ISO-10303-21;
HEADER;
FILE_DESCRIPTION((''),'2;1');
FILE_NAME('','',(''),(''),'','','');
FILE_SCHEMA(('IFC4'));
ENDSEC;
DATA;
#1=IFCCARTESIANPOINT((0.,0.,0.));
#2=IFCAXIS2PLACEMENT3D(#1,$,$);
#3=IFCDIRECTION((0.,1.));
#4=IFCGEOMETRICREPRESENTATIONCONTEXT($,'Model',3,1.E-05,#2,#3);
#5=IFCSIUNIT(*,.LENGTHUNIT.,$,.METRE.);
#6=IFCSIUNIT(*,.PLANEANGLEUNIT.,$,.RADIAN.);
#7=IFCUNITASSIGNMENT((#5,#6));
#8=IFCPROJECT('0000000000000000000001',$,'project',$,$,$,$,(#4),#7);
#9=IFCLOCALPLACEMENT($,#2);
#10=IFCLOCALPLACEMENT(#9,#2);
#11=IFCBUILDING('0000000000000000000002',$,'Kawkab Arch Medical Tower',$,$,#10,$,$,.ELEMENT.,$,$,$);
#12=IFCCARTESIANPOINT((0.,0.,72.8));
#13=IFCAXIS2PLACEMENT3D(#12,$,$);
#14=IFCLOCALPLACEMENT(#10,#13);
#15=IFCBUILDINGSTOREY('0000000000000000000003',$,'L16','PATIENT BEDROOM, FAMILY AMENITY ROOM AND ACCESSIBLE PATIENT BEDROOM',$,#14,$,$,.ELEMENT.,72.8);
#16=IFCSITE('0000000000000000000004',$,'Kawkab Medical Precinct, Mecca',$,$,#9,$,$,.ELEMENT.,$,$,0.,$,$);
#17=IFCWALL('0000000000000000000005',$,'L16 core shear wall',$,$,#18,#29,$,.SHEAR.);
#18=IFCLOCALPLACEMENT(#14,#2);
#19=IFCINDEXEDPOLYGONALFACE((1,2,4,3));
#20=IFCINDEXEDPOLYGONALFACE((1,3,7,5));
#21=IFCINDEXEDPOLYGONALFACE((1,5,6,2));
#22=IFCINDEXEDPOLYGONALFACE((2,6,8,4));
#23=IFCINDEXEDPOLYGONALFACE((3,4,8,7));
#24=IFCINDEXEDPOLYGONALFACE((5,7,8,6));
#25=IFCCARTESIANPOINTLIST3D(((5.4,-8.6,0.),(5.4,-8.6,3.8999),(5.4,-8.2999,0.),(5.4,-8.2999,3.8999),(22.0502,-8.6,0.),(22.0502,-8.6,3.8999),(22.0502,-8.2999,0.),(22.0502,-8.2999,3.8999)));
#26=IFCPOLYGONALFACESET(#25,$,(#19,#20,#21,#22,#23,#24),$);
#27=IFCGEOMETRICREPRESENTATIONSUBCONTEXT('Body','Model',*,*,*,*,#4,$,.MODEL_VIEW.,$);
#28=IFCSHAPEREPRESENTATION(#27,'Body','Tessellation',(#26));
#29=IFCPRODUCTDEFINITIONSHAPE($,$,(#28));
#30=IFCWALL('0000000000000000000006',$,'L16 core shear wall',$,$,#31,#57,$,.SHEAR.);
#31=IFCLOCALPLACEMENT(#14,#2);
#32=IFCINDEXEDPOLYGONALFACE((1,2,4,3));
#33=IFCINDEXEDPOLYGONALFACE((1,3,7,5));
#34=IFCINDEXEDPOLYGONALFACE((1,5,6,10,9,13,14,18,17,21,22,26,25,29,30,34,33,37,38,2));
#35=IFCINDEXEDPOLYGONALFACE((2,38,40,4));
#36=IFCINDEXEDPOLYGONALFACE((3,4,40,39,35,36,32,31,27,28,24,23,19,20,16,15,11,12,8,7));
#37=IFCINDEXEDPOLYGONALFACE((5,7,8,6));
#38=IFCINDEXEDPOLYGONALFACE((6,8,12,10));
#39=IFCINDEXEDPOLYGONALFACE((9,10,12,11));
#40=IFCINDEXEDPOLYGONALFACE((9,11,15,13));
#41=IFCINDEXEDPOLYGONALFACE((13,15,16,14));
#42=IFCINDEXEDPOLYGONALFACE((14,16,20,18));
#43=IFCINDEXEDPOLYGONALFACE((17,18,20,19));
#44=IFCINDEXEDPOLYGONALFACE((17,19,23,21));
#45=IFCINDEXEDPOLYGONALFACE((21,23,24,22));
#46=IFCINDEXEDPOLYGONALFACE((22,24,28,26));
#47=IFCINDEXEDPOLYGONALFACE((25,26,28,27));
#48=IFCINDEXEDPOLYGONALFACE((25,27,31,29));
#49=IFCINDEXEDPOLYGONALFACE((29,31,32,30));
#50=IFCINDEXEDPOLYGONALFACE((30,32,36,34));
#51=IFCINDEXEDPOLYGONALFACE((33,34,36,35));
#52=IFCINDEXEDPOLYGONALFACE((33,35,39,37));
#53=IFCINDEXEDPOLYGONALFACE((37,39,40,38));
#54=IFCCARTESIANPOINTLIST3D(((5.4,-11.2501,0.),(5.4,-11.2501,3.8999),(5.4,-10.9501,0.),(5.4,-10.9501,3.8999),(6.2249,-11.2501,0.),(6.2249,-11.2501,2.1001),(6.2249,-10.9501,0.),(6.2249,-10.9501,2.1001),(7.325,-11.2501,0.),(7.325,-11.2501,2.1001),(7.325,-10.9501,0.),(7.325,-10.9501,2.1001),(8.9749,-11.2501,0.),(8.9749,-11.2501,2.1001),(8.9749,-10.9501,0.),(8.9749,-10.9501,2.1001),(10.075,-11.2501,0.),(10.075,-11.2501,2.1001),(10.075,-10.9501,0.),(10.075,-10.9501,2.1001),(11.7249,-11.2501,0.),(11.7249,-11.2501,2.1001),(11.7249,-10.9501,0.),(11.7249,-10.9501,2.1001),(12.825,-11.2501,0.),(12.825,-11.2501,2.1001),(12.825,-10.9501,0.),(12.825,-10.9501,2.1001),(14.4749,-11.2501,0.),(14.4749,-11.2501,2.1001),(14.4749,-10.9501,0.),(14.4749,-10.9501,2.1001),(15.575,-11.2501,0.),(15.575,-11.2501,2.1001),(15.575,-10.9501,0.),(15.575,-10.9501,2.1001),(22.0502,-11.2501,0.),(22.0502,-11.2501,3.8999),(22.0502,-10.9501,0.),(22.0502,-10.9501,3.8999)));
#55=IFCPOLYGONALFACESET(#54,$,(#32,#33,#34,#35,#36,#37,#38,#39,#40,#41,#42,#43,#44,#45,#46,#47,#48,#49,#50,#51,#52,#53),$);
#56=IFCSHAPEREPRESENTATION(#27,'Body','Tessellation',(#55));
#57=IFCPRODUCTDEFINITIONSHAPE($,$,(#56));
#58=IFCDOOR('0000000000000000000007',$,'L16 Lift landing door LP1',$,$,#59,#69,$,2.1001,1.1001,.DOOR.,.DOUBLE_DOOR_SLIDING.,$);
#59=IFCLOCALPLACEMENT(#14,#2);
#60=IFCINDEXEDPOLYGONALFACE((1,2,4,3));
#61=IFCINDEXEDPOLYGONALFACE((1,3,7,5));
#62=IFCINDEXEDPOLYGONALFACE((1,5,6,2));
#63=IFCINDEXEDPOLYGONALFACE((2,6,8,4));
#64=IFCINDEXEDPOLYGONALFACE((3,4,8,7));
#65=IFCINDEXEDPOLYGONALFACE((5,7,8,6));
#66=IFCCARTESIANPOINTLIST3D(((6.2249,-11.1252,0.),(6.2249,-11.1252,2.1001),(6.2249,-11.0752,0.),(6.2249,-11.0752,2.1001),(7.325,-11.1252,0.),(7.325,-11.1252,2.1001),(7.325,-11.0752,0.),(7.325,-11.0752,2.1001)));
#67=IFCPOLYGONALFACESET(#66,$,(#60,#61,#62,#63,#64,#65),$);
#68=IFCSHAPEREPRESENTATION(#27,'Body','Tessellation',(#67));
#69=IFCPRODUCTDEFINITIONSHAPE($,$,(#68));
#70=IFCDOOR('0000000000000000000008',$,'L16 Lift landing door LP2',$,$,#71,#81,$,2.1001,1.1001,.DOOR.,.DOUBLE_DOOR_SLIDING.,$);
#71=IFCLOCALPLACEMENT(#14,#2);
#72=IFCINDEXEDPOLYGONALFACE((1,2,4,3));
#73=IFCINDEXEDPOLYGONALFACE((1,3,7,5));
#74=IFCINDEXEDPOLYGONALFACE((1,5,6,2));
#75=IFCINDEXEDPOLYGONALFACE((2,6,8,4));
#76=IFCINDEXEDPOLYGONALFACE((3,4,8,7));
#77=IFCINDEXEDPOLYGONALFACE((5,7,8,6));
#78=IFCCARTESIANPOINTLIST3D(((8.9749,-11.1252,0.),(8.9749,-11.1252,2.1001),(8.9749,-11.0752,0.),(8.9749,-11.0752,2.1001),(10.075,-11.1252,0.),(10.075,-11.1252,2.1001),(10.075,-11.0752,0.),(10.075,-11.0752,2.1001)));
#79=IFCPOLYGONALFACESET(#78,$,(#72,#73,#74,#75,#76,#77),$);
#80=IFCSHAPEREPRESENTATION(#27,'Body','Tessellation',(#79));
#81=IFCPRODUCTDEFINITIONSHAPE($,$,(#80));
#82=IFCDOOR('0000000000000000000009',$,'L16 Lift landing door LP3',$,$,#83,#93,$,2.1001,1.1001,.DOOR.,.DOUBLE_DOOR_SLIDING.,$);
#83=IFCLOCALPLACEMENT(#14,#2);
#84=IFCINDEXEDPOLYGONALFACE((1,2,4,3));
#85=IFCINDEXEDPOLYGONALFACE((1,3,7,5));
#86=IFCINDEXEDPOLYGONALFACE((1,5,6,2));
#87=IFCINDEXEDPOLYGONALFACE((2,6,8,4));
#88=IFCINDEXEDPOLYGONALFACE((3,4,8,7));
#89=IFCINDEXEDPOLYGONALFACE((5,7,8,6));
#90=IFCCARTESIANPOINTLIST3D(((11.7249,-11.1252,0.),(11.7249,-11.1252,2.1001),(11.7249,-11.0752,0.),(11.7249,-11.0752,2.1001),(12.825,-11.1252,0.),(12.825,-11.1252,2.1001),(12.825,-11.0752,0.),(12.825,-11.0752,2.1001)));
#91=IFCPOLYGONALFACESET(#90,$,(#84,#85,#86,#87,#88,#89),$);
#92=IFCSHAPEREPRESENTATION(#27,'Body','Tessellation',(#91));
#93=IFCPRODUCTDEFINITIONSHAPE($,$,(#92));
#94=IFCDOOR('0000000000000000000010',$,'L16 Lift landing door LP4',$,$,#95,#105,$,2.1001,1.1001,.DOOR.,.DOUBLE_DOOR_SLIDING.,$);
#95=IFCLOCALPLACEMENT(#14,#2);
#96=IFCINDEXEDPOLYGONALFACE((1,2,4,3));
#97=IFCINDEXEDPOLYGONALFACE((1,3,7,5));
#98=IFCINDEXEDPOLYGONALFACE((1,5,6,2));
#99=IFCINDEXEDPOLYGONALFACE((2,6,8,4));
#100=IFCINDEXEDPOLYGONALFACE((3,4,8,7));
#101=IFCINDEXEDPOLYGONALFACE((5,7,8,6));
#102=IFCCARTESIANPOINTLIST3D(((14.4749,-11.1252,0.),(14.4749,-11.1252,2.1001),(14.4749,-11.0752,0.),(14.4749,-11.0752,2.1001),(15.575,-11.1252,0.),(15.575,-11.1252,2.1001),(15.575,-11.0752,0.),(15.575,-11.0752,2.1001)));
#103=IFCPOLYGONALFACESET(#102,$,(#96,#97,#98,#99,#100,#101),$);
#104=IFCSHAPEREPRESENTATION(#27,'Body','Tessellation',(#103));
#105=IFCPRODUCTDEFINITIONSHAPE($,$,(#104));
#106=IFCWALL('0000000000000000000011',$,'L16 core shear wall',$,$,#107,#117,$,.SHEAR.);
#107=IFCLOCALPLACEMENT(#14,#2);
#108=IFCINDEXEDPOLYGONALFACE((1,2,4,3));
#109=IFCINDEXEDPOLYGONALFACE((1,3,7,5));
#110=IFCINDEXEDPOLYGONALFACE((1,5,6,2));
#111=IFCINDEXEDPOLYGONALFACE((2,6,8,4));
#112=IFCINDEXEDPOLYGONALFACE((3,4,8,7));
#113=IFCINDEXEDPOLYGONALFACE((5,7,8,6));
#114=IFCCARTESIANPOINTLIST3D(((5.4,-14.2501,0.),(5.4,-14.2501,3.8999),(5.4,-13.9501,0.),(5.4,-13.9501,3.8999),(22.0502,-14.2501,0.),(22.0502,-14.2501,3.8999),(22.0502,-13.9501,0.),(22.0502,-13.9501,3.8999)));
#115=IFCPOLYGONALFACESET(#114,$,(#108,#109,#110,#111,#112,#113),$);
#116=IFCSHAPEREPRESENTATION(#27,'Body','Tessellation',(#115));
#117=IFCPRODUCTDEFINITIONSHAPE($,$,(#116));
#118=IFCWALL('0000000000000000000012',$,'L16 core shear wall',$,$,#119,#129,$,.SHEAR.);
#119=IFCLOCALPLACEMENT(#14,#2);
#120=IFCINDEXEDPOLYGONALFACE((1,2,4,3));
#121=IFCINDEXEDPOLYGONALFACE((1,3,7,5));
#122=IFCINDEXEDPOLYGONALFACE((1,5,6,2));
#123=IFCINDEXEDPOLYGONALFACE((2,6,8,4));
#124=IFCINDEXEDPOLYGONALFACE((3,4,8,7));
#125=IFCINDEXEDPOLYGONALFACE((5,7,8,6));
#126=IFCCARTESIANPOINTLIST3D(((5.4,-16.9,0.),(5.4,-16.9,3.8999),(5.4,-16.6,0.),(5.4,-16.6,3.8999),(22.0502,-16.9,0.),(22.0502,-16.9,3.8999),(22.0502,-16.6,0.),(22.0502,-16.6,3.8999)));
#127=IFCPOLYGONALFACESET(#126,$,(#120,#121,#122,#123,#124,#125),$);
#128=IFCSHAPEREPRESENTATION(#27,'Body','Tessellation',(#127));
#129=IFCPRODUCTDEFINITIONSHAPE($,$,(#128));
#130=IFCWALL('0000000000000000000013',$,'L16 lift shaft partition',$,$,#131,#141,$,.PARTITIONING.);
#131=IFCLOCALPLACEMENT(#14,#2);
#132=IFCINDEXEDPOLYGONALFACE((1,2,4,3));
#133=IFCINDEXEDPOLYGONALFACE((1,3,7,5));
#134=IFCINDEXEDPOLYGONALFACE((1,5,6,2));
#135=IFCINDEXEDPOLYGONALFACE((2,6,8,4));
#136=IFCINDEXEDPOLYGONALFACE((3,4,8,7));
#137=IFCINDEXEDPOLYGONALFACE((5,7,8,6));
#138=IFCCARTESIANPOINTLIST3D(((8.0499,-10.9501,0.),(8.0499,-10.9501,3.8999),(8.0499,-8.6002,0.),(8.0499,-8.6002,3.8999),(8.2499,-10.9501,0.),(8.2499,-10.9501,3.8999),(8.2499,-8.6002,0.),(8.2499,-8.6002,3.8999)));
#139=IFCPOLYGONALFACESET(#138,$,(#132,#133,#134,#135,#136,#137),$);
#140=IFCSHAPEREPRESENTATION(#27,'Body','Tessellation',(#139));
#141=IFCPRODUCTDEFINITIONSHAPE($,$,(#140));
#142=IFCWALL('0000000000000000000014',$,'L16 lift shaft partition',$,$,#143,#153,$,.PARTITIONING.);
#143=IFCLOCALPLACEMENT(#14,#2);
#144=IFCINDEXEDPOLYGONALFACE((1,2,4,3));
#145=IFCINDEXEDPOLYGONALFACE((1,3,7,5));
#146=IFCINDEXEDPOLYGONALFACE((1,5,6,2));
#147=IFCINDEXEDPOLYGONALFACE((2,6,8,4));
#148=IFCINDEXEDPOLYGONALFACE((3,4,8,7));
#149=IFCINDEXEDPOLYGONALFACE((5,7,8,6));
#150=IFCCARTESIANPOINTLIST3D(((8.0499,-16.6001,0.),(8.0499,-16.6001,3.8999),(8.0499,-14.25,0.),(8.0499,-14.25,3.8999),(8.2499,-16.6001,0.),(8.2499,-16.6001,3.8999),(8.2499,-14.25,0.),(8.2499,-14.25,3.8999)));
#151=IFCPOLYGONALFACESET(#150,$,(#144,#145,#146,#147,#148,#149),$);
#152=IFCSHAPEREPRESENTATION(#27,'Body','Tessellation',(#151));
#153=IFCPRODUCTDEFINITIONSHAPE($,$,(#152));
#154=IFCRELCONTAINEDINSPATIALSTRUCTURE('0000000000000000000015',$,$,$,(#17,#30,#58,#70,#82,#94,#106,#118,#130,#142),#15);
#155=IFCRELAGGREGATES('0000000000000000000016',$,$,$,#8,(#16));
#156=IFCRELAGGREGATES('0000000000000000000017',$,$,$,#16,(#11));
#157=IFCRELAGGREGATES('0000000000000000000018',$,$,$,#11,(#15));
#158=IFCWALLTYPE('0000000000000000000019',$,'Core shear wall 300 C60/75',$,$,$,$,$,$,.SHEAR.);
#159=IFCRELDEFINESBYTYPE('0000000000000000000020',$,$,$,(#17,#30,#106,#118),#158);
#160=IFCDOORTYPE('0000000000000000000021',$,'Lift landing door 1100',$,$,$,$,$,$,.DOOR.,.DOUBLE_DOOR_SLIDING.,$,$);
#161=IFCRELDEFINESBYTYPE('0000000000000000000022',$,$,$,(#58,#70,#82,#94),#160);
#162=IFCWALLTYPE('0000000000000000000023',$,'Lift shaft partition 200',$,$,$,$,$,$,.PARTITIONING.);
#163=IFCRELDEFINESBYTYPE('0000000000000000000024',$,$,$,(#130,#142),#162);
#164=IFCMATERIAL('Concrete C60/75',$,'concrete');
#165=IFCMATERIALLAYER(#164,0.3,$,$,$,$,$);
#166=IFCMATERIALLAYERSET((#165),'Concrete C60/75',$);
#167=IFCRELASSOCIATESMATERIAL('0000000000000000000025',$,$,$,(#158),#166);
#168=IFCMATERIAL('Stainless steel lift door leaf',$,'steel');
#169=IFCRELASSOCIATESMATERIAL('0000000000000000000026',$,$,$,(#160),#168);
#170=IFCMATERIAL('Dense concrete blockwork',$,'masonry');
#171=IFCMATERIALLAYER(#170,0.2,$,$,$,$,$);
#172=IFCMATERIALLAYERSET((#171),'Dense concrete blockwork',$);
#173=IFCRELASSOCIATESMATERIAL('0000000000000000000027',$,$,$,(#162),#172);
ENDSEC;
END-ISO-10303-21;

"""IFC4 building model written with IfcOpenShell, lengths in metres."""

from ifc_helpers import new_model, si_unit, direction, frame, frame_2d, origin, place, context, subcontext, project, spatial, rectangle, extrude, material, layer, layer_set, type_object, element, fill, save


model = new_model("IFC4")

# Units and contexts
model_context = context("Model", 3, precision=1e-05, world=origin(), true_north=direction((0.0, 1.0)))
body_context = subcontext(model_context, "Body", "Model", "MODEL_VIEW")
ifc_project = project(units=[si_unit("LENGTHUNIT", "METRE"), si_unit("PLANEANGLEUNIT", "RADIAN")], contexts=[model_context])

# Site, building, storey
site_placement = place(None, origin())
site = spatial("IfcSite", under=ifc_project, at=site_placement, Name="Kawkab Medical Precinct, Mecca", CompositionType="ELEMENT", RefElevation=0.0)
building_placement = place(site_placement, origin())
building = spatial("IfcBuilding", under=site, at=building_placement, Name="Kawkab Arch Medical Tower", CompositionType="ELEMENT")
storey_placement = place(building_placement, frame((0.0, 0.0, 72.8)))
storey = spatial("IfcBuildingStorey", under=building, at=storey_placement, Name="L16", Description="PATIENT BEDROOM, FAMILY AMENITY ROOM AND ACCESSIBLE PATIENT BEDROOM", CompositionType="ELEMENT", Elevation=72.8)

# Wall
ifc_material_1 = material(Name="Concrete C60/75", Category="concrete")
ifc_layer_1 = layer(ifc_material_1, 0.3)
ifc_layer_set_1 = layer_set([ifc_layer_1], Name="Concrete C60/75")
wall_type_1 = type_object("IfcWallType", Name="Core shear wall 300 C60/75", PredefinedType="SHEAR", material=ifc_layer_set_1)
wall_1_placement = place(storey_placement, frame((5.3999, -8.45, 0.0), z_axis=(0.0, 0.0, 1.0), x_axis=(1.0, 0.0, 0.0)))
element("IfcWall", 1, at=wall_1_placement, inside=storey, type_object=wall_type_1, Name="L16 core shear wall", PredefinedType="SHEAR", context=body_context, shape_type="SweptSolid", body=[
    extrude(rectangle(XDim=16.6501, YDim=0.3, at=frame_2d((8.3252, 0.0))), origin(), (0.0, 0.0, 1.0), 3.8999),
])

# Wall, openings, doors
wall_2_placement = place(storey_placement, frame((5.3999, -11.1001, 0.0), z_axis=(0.0, 0.0, 1.0), x_axis=(1.0, 0.0, 0.0)))
wall_2 = element("IfcWall", 2, at=wall_2_placement, inside=storey, type_object=wall_type_1, Name="L16 core shear wall", PredefinedType="SHEAR", context=body_context, shape_type="SweptSolid", body=[
    extrude(rectangle(XDim=16.6501, YDim=0.3, at=frame_2d((8.3252, 0.0))), origin(), (0.0, 0.0, 1.0), 3.8999),
])
opening_1_placement = place(wall_2_placement, frame((0.825, 0.0, 0.0)))
opening_1 = element("IfcOpeningElement", 3, at=opening_1_placement, cuts=wall_2, PredefinedType="OPENING", context=body_context, shape_type="SweptSolid", body=[
    extrude(rectangle(XDim=1.1001, YDim=2.1001, at=frame_2d((0.55, 1.05))), frame((0.0, 0.1599, 0.0), z_axis=(0.0, -1.0, 0.0), x_axis=(1.0, 0.0, 0.0)), (0.0, 0.0, 1.0), 0.3201),
])
opening_2_placement = place(wall_2_placement, frame((3.575, 0.0, 0.0)))
opening_2 = element("IfcOpeningElement", 4, at=opening_2_placement, cuts=wall_2, PredefinedType="OPENING", context=body_context, shape_type="SweptSolid", body=[
    extrude(rectangle(XDim=1.1001, YDim=2.1001, at=frame_2d((0.55, 1.05))), frame((0.0, 0.1599, 0.0), z_axis=(0.0, -1.0, 0.0), x_axis=(1.0, 0.0, 0.0)), (0.0, 0.0, 1.0), 0.3201),
])
opening_3_placement = place(wall_2_placement, frame((6.325, 0.0, 0.0)))
opening_3 = element("IfcOpeningElement", 5, at=opening_3_placement, cuts=wall_2, PredefinedType="OPENING", context=body_context, shape_type="SweptSolid", body=[
    extrude(rectangle(XDim=1.1001, YDim=2.1001, at=frame_2d((0.55, 1.05))), frame((0.0, 0.1599, 0.0), z_axis=(0.0, -1.0, 0.0), x_axis=(1.0, 0.0, 0.0)), (0.0, 0.0, 1.0), 0.3201),
])
opening_4_placement = place(wall_2_placement, frame((9.075, 0.0, 0.0)))
opening_4 = element("IfcOpeningElement", 6, at=opening_4_placement, cuts=wall_2, PredefinedType="OPENING", context=body_context, shape_type="SweptSolid", body=[
    extrude(rectangle(XDim=1.1001, YDim=2.1001, at=frame_2d((0.55, 1.05))), frame((0.0, 0.1599, 0.0), z_axis=(0.0, -1.0, 0.0), x_axis=(1.0, 0.0, 0.0)), (0.0, 0.0, 1.0), 0.3201),
])
ifc_material_2 = material(Name="Stainless steel lift door leaf", Category="steel")
door_type = type_object("IfcDoorType", Name="Lift landing door 1100", OperationType="DOUBLE_DOOR_SLIDING", PredefinedType="DOOR", material=ifc_material_2)
door_1_placement = place(opening_1_placement, origin())
door_1 = element("IfcDoor", 7, at=door_1_placement, inside=storey, type_object=door_type, Name="L16 Lift landing door LP1", OperationType="DOUBLE_DOOR_SLIDING", OverallHeight=2.1001, OverallWidth=1.1001, PredefinedType="DOOR", context=body_context, shape_type="SweptSolid", body=[
    extrude(rectangle(XDim=1.1001, YDim=2.1001, at=frame_2d((0.55, 1.05))), frame((0.0, 0.0249, 0.0), z_axis=(0.0, -1.0, 0.0), x_axis=(1.0, 0.0, 0.0)), (0.0, 0.0, 1.0), 0.05),
])
fill(opening_1, door_1)
door_2_placement = place(opening_2_placement, origin())
door_2 = element("IfcDoor", 8, at=door_2_placement, inside=storey, type_object=door_type, Name="L16 Lift landing door LP2", OperationType="DOUBLE_DOOR_SLIDING", OverallHeight=2.1001, OverallWidth=1.1001, PredefinedType="DOOR", context=body_context, shape_type="SweptSolid", body=[
    extrude(rectangle(XDim=1.1001, YDim=2.1001, at=frame_2d((0.55, 1.05))), frame((0.0, 0.0249, 0.0), z_axis=(0.0, -1.0, 0.0), x_axis=(1.0, 0.0, 0.0)), (0.0, 0.0, 1.0), 0.05),
])
fill(opening_2, door_2)
door_3_placement = place(opening_3_placement, origin())
door_3 = element("IfcDoor", 9, at=door_3_placement, inside=storey, type_object=door_type, Name="L16 Lift landing door LP3", OperationType="DOUBLE_DOOR_SLIDING", OverallHeight=2.1001, OverallWidth=1.1001, PredefinedType="DOOR", context=body_context, shape_type="SweptSolid", body=[
    extrude(rectangle(XDim=1.1001, YDim=2.1001, at=frame_2d((0.55, 1.05))), frame((0.0, 0.0249, 0.0), z_axis=(0.0, -1.0, 0.0), x_axis=(1.0, 0.0, 0.0)), (0.0, 0.0, 1.0), 0.05),
])
fill(opening_3, door_3)
door_4_placement = place(opening_4_placement, origin())
door_4 = element("IfcDoor", 10, at=door_4_placement, inside=storey, type_object=door_type, Name="L16 Lift landing door LP4", OperationType="DOUBLE_DOOR_SLIDING", OverallHeight=2.1001, OverallWidth=1.1001, PredefinedType="DOOR", context=body_context, shape_type="SweptSolid", body=[
    extrude(rectangle(XDim=1.1001, YDim=2.1001, at=frame_2d((0.55, 1.05))), frame((0.0, 0.0249, 0.0), z_axis=(0.0, -1.0, 0.0), x_axis=(1.0, 0.0, 0.0)), (0.0, 0.0, 1.0), 0.05),
])
fill(opening_4, door_4)

# Walls
for number, where, z_axis, x_axis, name in (
    (11, (5.3999, -14.1001, 0.0), (0.0, 0.0, 1.0), (1.0, 0.0, 0.0), "L16 core shear wall"),
    (12, (5.3999, -16.75, 0.0), (0.0, 0.0, 1.0), (1.0, 0.0, 0.0), "L16 core shear wall"),
):
    element("IfcWall", number, at=place(storey_placement, frame(where, z_axis=z_axis, x_axis=x_axis)), inside=storey, type_object=wall_type_1, Name=name, PredefinedType="SHEAR", context=body_context, shape_type="SweptSolid", body=[
        extrude(rectangle(XDim=16.6501, YDim=0.3, at=frame_2d((8.3252, 0.0))), origin(), (0.0, 0.0, 1.0), 3.8999),
    ])
ifc_material_3 = material(Name="Dense concrete blockwork", Category="masonry")
ifc_layer_2 = layer(ifc_material_3, 0.2)
ifc_layer_set_2 = layer_set([ifc_layer_2], Name="Dense concrete blockwork")
wall_type_2 = type_object("IfcWallType", Name="Lift shaft partition 200", PredefinedType="PARTITIONING", material=ifc_layer_set_2)
wall_3_placement = place(storey_placement, frame((8.1499, -10.95, 0.0), z_axis=(0.0, 0.0, 1.0), x_axis=(0.0, 1.0, 0.0)))
element("IfcWall", 13, at=wall_3_placement, inside=storey, type_object=wall_type_2, Name="L16 lift shaft partition", PredefinedType="PARTITIONING", context=body_context, shape_type="SweptSolid", body=[
    extrude(rectangle(XDim=2.3499, YDim=0.2, at=frame_2d((1.1748, 0.0))), origin(), (0.0, 0.0, 1.0), 3.8999),
])
wall_4_placement = place(storey_placement, frame((8.1499, -16.6001, 0.0), z_axis=(0.0, 0.0, 1.0), x_axis=(0.0, 1.0, 0.0)))
element("IfcWall", 14, at=wall_4_placement, inside=storey, type_object=wall_type_2, Name="L16 lift shaft partition", PredefinedType="PARTITIONING", context=body_context, shape_type="SweptSolid", body=[
    extrude(rectangle(XDim=2.3501, YDim=0.2, at=frame_2d((1.175, 0.0))), origin(), (0.0, 0.0, 1.0), 3.8999),
])

save(model, "model.ifc")
